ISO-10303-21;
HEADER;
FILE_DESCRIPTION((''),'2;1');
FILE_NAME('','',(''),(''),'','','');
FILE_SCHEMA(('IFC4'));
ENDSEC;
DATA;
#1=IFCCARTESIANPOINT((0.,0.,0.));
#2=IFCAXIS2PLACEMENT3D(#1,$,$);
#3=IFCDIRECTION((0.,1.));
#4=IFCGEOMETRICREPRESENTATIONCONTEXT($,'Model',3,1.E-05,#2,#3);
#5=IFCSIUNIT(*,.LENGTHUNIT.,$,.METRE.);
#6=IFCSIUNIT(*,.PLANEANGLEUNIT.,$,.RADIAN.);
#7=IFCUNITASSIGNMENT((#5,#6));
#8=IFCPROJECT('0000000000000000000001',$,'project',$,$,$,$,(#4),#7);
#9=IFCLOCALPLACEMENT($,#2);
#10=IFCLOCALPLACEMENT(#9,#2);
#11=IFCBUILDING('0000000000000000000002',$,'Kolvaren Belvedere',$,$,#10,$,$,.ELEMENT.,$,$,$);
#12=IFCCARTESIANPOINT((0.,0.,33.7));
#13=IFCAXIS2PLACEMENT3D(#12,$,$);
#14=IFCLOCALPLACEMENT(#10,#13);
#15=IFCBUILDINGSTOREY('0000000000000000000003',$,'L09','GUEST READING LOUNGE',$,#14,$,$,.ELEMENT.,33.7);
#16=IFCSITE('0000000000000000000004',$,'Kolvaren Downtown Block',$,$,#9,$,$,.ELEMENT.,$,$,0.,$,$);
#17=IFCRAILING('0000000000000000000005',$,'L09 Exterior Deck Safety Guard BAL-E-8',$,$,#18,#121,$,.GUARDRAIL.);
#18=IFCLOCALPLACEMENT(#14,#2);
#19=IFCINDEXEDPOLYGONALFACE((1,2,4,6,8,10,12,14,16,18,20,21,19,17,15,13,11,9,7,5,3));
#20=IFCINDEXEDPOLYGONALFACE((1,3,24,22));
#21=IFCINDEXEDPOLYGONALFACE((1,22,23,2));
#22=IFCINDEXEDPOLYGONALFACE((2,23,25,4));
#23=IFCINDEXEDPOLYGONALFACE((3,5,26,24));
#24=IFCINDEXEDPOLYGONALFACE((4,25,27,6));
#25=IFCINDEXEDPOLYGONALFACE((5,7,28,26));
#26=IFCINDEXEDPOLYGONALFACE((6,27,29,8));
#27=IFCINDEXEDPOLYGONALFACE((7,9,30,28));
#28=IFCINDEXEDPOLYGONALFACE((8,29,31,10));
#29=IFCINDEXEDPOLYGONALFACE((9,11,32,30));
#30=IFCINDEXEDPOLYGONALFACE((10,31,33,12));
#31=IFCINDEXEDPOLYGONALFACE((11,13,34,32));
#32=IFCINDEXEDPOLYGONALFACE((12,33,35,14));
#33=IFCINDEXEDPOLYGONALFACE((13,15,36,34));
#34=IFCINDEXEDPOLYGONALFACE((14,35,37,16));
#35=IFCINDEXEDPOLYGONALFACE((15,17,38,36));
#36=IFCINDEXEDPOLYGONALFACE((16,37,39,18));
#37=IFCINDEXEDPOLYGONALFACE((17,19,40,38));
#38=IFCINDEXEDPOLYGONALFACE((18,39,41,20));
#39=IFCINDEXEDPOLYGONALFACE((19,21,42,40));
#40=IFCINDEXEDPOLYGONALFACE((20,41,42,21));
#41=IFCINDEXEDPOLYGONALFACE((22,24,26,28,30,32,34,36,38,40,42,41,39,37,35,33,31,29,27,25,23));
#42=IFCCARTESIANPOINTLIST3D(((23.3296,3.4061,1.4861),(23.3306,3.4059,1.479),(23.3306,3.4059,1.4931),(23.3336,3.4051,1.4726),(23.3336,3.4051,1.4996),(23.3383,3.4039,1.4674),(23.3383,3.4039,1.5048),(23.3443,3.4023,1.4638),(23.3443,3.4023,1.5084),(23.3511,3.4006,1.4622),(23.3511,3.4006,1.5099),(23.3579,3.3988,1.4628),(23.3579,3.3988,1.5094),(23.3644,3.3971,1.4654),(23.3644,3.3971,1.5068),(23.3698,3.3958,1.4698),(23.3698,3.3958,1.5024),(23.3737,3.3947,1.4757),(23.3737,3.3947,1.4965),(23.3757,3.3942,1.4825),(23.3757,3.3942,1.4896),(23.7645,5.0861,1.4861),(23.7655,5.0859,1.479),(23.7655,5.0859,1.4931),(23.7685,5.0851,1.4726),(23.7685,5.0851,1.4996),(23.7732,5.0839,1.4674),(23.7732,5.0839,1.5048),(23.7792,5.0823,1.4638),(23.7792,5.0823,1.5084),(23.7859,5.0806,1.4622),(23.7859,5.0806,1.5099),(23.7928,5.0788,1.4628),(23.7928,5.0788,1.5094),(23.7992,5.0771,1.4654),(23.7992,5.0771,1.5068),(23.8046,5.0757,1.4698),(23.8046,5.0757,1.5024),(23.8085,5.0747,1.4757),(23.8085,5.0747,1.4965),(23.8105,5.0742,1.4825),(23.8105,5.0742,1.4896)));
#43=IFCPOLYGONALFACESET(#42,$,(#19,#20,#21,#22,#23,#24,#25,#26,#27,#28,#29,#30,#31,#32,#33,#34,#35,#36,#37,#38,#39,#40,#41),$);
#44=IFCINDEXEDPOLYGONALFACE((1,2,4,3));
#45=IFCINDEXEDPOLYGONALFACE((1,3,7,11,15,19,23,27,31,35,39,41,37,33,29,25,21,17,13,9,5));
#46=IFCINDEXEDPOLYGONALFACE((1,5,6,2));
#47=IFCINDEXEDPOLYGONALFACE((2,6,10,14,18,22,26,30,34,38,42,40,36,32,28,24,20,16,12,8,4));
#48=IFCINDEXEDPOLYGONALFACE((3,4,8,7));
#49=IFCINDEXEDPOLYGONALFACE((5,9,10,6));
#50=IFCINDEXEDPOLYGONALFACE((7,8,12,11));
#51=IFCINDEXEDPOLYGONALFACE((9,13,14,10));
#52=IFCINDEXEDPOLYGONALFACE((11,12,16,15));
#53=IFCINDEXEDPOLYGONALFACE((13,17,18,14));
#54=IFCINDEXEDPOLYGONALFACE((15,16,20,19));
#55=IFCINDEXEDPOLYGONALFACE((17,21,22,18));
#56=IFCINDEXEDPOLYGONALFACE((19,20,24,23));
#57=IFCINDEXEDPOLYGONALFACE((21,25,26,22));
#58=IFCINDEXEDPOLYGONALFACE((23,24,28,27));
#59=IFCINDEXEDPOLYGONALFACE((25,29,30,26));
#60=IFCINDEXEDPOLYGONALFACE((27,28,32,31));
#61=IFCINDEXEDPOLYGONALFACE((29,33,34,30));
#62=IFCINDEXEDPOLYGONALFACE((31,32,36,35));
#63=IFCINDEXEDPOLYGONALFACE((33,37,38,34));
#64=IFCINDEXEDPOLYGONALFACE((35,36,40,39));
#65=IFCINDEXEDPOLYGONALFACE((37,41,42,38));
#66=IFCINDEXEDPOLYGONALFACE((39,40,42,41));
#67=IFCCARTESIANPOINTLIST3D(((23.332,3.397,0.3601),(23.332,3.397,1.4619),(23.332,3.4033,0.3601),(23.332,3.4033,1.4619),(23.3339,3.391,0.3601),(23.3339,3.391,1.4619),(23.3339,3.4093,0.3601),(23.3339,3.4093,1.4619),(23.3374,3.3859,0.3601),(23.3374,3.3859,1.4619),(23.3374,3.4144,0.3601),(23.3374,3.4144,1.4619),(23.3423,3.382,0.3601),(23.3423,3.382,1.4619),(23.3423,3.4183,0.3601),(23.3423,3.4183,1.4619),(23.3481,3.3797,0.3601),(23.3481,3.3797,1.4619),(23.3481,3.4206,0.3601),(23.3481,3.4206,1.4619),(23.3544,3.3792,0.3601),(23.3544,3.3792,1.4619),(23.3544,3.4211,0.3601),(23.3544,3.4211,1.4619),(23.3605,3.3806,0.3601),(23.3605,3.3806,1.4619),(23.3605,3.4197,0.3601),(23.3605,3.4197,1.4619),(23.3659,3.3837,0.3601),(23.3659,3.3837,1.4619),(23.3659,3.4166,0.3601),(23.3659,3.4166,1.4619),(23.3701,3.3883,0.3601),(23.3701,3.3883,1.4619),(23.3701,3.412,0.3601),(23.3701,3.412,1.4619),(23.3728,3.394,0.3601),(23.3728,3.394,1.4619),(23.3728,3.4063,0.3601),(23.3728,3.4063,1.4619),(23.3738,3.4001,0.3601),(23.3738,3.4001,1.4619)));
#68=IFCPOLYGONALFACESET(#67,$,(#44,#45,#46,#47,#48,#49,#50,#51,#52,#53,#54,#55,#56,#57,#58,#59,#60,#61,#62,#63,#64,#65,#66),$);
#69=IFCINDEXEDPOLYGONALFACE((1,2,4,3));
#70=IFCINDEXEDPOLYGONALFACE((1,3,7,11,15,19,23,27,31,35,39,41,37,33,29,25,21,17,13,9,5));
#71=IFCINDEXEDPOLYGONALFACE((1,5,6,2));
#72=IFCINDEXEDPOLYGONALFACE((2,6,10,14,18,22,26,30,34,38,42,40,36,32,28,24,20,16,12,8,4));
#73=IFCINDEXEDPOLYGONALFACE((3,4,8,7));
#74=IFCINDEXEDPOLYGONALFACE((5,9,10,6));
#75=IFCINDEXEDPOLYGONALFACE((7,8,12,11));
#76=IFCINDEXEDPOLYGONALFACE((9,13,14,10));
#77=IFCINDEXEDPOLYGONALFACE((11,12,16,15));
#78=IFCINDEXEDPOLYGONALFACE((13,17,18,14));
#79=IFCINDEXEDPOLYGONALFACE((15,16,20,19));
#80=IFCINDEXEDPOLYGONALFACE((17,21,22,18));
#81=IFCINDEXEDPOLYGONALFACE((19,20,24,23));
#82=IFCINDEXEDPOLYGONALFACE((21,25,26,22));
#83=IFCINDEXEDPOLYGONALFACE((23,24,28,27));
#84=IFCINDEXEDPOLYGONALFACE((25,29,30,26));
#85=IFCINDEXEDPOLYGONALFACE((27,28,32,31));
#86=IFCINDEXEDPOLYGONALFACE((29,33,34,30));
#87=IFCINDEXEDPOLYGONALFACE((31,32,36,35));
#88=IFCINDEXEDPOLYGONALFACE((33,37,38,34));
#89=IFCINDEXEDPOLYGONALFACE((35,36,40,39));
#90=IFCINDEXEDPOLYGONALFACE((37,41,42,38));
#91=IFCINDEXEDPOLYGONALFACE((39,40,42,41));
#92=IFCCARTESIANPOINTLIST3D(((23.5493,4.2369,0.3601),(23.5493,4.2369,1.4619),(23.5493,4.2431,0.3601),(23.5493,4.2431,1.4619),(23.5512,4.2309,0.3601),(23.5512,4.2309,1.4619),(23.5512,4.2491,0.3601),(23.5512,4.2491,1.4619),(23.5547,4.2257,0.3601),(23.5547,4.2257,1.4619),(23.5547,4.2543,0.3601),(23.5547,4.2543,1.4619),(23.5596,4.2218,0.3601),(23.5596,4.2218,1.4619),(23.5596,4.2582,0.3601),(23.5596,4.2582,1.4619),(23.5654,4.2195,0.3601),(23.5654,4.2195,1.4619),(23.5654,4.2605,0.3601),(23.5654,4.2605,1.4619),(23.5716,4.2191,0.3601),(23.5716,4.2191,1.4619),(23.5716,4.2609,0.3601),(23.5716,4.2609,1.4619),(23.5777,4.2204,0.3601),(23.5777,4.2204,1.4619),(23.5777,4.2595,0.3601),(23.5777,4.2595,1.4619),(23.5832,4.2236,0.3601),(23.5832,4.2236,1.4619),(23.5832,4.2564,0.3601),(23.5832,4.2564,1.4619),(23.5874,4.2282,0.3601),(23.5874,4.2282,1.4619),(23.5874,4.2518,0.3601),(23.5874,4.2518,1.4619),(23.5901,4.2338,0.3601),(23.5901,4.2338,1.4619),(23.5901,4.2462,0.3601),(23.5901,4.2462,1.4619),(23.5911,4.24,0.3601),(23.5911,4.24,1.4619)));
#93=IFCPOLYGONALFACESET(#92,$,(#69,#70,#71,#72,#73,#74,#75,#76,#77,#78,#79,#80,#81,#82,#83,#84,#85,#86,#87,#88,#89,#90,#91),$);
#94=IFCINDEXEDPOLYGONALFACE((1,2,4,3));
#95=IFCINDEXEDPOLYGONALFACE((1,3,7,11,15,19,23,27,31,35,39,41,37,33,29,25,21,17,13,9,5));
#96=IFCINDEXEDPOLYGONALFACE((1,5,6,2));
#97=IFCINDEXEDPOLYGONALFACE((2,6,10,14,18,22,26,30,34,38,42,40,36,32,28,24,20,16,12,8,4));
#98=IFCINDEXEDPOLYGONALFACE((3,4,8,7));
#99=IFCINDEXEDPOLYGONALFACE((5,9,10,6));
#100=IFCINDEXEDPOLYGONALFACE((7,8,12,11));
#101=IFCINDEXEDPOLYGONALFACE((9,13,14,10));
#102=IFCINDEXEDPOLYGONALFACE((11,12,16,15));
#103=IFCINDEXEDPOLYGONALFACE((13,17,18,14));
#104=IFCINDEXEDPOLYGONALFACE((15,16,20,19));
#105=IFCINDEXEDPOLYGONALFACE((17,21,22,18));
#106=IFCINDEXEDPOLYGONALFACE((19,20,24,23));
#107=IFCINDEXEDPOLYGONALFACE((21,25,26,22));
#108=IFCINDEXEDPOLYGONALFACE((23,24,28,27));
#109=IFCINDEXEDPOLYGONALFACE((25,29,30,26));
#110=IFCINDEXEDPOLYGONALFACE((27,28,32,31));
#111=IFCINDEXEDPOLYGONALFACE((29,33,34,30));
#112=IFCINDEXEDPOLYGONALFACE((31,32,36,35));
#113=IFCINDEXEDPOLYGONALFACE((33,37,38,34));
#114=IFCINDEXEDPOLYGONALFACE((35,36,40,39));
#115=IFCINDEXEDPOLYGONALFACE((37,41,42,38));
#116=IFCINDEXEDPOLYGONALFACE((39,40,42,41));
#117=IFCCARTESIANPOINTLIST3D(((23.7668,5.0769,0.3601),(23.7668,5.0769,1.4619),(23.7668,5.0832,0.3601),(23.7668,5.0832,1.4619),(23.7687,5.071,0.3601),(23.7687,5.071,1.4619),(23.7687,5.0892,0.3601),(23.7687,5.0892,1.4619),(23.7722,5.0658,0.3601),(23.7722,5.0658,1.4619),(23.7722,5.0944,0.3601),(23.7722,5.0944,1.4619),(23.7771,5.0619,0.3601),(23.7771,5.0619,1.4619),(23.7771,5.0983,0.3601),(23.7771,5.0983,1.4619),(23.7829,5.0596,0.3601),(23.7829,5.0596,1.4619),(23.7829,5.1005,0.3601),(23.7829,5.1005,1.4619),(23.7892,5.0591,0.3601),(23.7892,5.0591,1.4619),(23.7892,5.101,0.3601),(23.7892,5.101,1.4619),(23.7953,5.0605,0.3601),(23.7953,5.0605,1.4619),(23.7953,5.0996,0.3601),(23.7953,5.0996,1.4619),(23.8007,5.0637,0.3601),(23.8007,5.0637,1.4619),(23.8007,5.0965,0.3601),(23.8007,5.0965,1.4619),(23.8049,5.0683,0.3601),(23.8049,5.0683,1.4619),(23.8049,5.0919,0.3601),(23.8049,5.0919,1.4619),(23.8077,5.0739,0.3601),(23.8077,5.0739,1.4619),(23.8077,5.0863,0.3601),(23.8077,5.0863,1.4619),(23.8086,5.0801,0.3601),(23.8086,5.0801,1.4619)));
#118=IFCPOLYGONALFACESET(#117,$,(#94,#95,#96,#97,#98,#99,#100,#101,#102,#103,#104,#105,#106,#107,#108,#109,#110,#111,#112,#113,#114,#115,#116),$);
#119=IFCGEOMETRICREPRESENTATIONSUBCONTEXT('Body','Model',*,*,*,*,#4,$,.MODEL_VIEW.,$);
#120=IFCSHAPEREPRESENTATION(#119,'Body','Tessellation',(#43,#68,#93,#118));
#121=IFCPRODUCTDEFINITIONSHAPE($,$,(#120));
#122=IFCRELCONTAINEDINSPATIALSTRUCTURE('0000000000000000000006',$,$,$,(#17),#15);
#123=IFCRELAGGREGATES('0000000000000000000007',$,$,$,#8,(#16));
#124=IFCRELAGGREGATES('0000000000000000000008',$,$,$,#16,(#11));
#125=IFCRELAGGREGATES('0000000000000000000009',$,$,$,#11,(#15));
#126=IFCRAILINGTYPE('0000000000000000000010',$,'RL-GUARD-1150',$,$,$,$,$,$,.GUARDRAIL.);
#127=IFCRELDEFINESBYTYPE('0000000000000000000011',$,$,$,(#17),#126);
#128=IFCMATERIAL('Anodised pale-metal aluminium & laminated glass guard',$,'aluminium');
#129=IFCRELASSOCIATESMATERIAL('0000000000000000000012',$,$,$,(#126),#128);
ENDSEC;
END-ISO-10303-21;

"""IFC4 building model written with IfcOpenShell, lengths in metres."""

from ifc_helpers import new_model, si_unit, direction, frame, origin, origin_2d, place, context, subcontext, project, spatial, circle, extrude, material, type_object, element, save


model = new_model("IFC4")

# Units and contexts
model_context = context("Model", 3, precision=1e-05, world=origin(), true_north=direction((0.0, 1.0)))
body_context = subcontext(model_context, "Body", "Model", "MODEL_VIEW")
ifc_project = project(units=[si_unit("LENGTHUNIT", "METRE"), si_unit("PLANEANGLEUNIT", "RADIAN")], contexts=[model_context])

# Site, building, storey
site_placement = place(None, origin())
site = spatial("IfcSite", under=ifc_project, at=site_placement, Name="Kolvaren Downtown Block", CompositionType="ELEMENT", RefElevation=0.0)
building_placement = place(site_placement, origin())
building = spatial("IfcBuilding", under=site, at=building_placement, Name="Kolvaren Belvedere", CompositionType="ELEMENT")
storey_placement = place(building_placement, frame((0.0, 0.0, 33.7)))
storey = spatial("IfcBuildingStorey", under=building, at=storey_placement, Name="L09", Description="GUEST READING LOUNGE", CompositionType="ELEMENT", Elevation=33.7)

# Railing
ifc_material_1 = material(Name="Anodised pale-metal aluminium & laminated glass guard", Category="aluminium")
railing_type = type_object("IfcRailingType", Name="RL-GUARD-1150", PredefinedType="GUARDRAIL", material=ifc_material_1)
railing_1_placement = place(storey_placement, frame((23.3528, 3.4001, 0.3601)))
element("IfcRailing", 1, at=railing_1_placement, inside=storey, type_object=railing_type, Name="L09 Exterior Deck Safety Guard BAL-E-8", PredefinedType="GUARDRAIL", context=body_context, shape_type="SweptSolid", body=[
    extrude(circle(Radius=0.0239, at=origin_2d()), frame((0.0, 0.0, 1.126), z_axis=(0.250572, 0.968098, 0.0), x_axis=(-0.968098, 0.250572, 0.0)), (0.0, 0.0, 1.0), 1.7354),
    extrude(circle(Radius=0.021, at=origin_2d()), origin(), (0.0, 0.0, 1.0), 1.1018),
    extrude(circle(Radius=0.021, at=origin_2d()), frame((0.2173, 0.8398, 0.0)), (0.0, 0.0, 1.0), 1.1018),
    extrude(circle(Radius=0.021, at=origin_2d()), frame((0.4348, 1.6799, 0.0)), (0.0, 0.0, 1.0), 1.1018),
])

save(model, "model.ifc")
